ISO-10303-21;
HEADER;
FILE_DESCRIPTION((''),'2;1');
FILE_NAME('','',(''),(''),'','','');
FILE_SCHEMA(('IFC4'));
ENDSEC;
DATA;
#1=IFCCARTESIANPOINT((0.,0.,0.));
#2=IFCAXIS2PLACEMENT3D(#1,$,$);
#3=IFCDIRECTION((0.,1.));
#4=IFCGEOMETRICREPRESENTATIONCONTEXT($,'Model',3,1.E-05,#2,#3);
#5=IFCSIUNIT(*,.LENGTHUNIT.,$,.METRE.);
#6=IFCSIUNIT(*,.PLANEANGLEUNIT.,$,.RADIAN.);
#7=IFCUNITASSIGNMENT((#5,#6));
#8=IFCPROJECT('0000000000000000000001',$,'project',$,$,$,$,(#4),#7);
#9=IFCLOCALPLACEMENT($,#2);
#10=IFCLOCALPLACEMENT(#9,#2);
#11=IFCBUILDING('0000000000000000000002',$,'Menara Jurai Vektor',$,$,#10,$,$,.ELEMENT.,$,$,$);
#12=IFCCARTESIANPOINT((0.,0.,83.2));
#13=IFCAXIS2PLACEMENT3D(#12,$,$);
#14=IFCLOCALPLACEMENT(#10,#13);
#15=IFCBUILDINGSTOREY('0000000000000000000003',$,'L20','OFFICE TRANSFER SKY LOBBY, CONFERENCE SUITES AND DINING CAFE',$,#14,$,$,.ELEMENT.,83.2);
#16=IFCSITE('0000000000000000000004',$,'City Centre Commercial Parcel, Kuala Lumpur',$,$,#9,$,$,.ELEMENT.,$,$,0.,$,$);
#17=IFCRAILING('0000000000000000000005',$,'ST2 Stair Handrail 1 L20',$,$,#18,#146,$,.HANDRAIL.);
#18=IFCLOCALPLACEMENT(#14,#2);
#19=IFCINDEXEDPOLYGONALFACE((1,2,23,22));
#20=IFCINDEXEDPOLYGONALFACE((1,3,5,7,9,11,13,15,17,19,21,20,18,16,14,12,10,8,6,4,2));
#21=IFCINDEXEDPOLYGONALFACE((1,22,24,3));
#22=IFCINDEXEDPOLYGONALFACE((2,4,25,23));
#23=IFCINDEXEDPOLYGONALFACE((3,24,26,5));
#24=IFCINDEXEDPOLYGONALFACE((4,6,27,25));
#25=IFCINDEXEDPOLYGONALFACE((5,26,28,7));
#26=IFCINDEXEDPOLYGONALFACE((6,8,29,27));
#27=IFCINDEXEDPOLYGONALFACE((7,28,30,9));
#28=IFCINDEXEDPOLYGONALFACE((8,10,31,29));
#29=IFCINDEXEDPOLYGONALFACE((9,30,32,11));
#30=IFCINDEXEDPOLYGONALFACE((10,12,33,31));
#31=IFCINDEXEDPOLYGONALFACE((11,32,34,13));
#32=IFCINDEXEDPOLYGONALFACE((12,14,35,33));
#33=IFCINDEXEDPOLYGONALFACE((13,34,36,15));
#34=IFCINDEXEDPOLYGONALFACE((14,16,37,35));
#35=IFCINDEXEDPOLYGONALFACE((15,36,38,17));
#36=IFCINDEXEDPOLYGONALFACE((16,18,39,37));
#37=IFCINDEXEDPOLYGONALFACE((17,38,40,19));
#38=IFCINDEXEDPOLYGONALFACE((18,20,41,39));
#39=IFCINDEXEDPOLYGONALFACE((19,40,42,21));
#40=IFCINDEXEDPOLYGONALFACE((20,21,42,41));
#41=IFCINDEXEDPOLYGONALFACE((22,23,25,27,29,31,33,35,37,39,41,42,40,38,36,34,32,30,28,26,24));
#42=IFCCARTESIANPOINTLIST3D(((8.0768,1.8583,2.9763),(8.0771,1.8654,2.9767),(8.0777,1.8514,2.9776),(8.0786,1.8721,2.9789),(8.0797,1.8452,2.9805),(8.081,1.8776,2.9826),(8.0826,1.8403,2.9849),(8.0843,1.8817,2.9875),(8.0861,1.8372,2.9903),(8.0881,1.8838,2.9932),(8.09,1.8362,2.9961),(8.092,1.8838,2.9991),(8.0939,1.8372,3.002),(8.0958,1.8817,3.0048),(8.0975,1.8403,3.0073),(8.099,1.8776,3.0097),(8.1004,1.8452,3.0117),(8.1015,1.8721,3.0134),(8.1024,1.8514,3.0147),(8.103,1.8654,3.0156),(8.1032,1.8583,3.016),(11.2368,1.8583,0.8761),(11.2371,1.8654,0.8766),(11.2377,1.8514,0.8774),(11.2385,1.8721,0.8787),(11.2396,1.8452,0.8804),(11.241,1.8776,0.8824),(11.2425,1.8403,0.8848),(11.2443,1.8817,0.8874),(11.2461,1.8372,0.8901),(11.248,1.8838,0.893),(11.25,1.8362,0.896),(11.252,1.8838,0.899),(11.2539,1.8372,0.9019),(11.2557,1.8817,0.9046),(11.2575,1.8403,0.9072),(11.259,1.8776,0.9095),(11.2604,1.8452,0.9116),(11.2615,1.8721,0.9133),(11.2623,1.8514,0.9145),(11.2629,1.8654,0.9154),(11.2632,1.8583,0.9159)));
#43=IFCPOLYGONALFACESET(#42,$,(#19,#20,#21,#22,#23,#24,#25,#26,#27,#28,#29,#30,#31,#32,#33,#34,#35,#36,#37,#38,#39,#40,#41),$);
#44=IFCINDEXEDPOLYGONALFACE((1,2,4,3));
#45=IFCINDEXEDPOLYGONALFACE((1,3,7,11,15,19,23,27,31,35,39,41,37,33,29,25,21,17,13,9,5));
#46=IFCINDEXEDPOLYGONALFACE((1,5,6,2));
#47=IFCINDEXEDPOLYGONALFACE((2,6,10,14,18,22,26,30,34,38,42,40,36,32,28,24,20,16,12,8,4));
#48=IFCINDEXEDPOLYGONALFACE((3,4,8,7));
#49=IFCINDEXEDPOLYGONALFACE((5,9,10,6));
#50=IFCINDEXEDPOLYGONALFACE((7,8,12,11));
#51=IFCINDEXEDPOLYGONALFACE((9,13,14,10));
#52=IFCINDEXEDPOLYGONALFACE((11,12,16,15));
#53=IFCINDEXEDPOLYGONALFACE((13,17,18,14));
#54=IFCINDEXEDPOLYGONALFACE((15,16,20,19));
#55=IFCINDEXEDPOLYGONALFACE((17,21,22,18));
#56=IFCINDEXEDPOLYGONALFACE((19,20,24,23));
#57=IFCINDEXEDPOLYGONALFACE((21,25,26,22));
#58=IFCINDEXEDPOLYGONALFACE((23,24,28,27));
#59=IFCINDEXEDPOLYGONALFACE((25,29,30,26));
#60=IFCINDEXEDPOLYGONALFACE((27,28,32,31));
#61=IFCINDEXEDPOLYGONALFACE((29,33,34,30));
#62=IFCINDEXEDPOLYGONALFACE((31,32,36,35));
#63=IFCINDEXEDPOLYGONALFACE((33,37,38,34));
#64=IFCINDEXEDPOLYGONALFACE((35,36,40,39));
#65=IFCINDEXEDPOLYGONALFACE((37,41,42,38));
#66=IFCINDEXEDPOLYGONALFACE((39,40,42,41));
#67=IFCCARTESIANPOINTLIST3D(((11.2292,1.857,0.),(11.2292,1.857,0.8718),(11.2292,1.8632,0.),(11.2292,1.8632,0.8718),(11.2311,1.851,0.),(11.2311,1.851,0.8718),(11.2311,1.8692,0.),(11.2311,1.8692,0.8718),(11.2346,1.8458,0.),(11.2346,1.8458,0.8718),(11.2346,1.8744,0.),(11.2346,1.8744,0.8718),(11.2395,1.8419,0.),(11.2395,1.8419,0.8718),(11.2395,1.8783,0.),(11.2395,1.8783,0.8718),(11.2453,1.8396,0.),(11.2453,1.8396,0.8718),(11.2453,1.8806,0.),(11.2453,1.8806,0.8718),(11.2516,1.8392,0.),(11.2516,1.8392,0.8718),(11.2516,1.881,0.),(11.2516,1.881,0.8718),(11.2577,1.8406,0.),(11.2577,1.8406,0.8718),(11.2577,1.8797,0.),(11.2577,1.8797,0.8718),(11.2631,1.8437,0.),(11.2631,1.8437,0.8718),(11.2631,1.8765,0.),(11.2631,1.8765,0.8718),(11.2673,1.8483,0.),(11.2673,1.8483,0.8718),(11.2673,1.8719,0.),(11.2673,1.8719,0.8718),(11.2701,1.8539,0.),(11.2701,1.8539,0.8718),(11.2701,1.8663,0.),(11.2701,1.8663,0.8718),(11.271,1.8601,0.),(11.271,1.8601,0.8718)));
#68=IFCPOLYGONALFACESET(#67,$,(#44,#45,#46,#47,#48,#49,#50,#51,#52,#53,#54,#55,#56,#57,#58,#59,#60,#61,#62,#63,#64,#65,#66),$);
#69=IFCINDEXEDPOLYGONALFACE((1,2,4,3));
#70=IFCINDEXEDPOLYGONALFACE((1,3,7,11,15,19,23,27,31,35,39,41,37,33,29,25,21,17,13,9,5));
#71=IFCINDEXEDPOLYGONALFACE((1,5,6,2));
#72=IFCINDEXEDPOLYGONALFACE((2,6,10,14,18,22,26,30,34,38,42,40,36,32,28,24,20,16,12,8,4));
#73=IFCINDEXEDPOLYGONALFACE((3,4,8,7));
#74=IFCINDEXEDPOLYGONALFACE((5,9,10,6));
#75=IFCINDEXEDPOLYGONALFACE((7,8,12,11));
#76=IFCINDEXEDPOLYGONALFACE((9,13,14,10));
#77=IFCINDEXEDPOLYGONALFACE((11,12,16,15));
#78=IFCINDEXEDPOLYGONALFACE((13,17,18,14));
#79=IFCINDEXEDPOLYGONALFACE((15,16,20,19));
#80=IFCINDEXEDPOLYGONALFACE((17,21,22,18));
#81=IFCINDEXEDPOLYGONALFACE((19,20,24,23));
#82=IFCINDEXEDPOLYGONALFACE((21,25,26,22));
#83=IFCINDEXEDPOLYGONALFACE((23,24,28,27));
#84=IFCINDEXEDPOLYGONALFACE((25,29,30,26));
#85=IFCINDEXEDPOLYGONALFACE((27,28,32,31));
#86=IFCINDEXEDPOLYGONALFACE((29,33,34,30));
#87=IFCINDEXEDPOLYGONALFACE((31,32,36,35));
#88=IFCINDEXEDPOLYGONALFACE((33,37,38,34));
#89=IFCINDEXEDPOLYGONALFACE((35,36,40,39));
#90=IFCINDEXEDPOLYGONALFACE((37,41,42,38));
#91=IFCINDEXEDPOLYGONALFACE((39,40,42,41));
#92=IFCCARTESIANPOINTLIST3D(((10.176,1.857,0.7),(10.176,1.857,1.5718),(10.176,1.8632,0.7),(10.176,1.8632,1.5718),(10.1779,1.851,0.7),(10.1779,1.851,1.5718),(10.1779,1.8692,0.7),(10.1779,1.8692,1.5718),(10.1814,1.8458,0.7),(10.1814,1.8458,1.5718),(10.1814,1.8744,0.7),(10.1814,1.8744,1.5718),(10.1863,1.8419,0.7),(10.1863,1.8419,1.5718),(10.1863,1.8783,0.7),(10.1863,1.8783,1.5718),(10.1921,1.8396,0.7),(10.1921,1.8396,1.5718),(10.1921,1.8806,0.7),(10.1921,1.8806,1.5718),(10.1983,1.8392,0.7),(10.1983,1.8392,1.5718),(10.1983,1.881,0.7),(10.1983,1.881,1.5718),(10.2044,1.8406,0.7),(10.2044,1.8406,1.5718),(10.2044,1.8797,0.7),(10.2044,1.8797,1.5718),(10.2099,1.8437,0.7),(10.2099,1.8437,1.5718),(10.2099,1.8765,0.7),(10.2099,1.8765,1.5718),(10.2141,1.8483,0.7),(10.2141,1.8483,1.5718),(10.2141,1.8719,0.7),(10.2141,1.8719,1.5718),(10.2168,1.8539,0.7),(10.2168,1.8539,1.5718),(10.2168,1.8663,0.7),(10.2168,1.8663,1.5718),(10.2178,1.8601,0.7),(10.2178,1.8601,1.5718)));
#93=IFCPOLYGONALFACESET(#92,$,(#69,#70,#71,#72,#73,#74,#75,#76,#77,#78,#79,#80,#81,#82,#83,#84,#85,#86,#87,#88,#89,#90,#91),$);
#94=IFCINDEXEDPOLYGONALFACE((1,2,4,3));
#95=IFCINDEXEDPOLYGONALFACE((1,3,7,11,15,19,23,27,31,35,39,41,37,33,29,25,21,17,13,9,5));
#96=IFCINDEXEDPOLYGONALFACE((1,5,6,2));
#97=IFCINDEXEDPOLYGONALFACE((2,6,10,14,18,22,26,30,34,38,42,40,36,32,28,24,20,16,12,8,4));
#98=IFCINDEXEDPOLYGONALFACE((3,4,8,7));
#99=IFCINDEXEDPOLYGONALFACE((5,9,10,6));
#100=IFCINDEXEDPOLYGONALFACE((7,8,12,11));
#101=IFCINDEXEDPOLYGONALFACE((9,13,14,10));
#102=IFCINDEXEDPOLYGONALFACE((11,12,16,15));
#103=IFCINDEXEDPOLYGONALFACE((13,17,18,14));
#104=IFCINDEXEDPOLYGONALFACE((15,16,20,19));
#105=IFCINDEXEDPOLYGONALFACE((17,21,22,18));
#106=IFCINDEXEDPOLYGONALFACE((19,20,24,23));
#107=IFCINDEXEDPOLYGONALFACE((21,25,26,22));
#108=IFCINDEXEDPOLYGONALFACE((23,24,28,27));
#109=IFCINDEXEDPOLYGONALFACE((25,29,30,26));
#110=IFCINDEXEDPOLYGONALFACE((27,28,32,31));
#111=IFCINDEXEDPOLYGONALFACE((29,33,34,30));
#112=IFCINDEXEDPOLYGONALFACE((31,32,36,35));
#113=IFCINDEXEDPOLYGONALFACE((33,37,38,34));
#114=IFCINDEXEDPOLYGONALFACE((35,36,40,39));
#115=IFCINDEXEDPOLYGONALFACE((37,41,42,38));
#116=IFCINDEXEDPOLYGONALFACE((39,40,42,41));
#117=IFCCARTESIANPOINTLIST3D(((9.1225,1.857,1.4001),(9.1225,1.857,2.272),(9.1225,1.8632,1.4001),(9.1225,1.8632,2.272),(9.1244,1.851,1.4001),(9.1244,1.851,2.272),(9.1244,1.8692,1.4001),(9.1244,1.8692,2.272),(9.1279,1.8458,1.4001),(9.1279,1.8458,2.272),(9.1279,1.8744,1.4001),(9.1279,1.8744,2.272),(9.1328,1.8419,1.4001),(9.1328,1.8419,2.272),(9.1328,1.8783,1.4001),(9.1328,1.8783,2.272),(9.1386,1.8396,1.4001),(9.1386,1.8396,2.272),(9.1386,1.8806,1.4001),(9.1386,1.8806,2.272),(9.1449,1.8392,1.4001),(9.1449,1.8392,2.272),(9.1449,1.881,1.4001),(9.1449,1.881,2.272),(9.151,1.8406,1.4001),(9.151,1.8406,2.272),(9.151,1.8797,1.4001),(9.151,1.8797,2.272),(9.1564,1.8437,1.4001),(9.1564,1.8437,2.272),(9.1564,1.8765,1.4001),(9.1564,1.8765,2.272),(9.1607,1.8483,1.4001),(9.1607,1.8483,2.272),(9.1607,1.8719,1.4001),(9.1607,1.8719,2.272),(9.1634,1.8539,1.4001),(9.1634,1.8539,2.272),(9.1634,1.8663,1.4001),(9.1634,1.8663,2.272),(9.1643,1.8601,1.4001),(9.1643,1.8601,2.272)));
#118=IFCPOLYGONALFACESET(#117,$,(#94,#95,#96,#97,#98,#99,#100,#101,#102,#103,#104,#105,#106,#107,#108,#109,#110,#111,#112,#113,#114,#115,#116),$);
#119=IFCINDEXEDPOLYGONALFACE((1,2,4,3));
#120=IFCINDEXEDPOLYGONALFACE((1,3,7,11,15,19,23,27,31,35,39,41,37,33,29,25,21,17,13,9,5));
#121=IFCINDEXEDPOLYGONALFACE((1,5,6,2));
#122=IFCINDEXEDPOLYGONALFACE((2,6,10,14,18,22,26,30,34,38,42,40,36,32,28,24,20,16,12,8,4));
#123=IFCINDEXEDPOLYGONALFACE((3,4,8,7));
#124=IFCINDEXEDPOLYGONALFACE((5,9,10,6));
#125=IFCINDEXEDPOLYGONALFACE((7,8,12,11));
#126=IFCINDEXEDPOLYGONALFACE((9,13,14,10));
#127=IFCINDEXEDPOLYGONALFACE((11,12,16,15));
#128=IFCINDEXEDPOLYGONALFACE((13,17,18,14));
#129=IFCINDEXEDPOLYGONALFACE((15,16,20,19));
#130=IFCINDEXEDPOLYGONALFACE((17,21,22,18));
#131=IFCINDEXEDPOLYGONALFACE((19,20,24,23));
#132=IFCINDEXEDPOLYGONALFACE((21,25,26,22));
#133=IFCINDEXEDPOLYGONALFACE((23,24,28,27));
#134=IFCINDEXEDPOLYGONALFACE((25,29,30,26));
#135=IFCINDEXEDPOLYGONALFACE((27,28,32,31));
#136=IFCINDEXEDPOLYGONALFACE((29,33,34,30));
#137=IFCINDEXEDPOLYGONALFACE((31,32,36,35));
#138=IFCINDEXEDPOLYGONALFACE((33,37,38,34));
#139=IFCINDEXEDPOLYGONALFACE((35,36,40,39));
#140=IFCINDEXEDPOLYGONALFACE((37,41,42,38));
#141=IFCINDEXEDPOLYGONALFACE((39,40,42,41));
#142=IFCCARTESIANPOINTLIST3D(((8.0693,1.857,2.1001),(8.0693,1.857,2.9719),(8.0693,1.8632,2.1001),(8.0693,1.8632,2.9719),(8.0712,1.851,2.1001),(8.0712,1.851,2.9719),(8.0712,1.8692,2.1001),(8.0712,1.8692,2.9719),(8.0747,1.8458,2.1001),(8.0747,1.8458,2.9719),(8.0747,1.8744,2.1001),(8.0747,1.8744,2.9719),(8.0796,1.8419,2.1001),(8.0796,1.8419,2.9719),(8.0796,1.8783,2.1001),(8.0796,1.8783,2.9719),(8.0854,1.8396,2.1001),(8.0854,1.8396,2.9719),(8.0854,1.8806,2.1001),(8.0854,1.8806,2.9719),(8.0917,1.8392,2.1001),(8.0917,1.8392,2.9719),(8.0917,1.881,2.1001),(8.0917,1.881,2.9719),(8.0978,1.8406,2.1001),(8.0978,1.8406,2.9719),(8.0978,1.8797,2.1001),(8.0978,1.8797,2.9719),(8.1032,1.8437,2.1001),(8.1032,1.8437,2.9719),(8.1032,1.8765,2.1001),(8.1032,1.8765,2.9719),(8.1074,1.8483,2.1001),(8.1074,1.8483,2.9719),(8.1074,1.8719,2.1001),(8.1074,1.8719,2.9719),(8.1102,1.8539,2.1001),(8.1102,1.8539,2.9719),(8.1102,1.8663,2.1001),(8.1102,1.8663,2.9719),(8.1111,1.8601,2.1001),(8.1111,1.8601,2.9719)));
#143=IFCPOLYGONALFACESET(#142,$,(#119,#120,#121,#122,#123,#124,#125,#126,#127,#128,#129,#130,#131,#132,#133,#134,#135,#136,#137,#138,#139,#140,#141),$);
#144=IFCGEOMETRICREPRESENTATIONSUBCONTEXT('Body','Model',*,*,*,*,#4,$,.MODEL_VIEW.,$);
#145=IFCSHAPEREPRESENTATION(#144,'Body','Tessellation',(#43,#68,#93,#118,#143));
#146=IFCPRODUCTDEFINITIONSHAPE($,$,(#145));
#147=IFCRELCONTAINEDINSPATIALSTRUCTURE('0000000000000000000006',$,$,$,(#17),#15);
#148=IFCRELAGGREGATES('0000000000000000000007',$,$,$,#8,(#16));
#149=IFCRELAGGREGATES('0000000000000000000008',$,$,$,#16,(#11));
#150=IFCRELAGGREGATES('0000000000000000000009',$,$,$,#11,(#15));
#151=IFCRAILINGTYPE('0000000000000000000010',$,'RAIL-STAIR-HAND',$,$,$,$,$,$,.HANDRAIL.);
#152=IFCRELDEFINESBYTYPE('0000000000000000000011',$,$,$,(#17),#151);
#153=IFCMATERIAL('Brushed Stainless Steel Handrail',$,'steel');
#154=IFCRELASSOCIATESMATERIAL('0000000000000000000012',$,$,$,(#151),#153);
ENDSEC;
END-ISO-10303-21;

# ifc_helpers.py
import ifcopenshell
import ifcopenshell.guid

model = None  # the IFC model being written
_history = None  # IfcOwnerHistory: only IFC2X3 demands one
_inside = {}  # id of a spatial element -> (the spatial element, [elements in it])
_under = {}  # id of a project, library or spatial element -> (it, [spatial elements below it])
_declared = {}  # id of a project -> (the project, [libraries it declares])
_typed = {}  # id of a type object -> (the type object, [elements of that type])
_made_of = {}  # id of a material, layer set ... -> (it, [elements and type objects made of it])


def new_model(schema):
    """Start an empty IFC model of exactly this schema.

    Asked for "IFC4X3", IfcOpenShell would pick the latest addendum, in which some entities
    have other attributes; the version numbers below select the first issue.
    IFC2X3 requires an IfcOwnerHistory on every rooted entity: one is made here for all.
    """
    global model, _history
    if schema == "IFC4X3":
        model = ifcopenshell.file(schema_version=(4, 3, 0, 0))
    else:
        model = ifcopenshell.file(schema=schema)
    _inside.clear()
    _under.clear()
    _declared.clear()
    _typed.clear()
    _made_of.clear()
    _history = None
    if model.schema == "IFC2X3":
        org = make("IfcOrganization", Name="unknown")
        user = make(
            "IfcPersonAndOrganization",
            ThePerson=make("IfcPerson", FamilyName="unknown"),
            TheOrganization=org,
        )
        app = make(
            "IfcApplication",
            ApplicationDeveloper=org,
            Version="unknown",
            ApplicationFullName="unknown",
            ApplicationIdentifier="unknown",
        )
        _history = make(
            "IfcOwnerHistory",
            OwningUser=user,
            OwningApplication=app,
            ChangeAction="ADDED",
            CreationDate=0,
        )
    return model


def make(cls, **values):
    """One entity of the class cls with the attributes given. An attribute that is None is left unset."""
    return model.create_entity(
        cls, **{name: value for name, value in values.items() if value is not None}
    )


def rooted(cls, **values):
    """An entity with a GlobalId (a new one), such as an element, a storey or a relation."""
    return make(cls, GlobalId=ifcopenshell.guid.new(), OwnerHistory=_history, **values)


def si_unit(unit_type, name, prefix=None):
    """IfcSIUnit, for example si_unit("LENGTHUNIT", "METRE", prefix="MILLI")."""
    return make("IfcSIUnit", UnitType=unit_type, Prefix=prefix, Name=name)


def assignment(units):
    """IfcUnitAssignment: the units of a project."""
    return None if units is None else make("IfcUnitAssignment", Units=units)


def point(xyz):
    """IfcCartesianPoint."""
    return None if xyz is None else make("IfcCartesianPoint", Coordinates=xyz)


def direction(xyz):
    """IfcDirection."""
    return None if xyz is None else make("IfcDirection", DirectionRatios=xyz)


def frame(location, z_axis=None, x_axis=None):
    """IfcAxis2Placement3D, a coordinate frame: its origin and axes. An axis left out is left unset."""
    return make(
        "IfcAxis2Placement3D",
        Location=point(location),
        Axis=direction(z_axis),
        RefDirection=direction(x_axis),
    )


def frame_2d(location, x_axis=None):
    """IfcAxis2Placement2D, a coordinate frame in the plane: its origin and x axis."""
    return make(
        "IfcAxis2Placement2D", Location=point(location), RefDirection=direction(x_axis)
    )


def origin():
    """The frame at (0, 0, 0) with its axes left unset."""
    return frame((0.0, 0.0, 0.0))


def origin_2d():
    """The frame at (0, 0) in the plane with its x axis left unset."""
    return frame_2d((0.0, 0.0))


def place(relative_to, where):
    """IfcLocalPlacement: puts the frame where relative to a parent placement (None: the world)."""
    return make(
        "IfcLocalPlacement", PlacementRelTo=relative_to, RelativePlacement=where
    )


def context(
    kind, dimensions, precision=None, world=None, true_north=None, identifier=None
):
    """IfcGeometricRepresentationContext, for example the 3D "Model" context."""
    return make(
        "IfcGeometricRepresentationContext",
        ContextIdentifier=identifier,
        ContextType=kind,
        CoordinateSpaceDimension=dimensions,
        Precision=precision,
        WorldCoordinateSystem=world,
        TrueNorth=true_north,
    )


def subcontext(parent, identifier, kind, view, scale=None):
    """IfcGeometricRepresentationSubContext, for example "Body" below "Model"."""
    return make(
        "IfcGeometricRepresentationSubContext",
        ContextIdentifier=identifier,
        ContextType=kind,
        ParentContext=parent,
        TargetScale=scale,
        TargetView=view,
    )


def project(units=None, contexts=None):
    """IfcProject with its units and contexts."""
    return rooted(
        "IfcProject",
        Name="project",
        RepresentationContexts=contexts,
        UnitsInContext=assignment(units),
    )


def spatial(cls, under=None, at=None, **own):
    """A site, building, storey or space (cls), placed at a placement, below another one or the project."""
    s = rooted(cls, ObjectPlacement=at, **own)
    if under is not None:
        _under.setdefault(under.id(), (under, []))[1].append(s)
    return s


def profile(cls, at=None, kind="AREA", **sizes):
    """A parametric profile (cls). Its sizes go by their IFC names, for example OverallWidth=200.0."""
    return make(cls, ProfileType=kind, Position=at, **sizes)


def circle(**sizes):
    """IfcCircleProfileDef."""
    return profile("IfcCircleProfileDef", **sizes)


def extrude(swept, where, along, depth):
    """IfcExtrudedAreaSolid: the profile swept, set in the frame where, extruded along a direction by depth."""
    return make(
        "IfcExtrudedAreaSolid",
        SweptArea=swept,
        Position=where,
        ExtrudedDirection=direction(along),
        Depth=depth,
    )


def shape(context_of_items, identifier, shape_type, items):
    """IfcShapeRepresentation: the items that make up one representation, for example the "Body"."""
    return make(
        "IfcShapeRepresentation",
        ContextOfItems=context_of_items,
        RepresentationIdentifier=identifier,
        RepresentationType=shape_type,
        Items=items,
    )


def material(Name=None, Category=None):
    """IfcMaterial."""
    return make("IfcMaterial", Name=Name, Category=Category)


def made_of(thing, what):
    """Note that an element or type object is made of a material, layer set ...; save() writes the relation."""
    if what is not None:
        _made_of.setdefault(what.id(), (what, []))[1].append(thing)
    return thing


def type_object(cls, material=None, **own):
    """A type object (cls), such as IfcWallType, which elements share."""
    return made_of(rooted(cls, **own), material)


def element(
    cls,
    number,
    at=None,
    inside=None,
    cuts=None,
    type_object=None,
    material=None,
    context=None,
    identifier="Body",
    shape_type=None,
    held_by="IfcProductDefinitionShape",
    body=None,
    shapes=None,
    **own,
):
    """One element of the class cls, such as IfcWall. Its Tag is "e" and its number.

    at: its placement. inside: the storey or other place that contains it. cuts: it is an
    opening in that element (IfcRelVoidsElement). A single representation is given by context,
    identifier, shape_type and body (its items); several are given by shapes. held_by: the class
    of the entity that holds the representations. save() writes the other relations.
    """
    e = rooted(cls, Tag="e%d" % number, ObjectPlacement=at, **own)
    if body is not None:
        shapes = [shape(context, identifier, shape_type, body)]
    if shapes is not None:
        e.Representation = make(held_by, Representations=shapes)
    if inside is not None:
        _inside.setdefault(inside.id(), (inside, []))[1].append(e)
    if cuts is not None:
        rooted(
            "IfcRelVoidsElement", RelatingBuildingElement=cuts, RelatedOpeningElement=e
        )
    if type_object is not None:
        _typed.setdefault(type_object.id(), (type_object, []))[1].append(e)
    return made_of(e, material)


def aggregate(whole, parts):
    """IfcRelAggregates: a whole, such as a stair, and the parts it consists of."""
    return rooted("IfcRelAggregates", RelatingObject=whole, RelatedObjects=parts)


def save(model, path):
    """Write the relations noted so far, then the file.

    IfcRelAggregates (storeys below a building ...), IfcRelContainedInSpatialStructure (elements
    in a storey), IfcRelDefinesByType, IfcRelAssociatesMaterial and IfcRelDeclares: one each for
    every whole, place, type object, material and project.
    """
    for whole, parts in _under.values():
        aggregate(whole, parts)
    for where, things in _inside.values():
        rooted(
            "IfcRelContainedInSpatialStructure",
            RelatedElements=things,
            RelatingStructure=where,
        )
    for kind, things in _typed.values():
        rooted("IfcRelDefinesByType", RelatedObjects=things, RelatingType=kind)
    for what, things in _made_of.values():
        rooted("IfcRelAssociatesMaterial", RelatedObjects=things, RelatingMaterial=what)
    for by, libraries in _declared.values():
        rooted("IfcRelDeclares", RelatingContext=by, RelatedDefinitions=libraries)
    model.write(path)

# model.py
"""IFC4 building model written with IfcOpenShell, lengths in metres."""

from ifc_helpers import new_model, si_unit, direction, frame, origin, origin_2d, place, context, subcontext, project, spatial, circle, extrude, material, type_object, element, save


model = new_model("IFC4")

# Units and contexts
model_context = context("Model", 3, precision=1e-05, world=origin(), true_north=direction((0.0, 1.0)))
body_context = subcontext(model_context, "Body", "Model", "MODEL_VIEW")
ifc_project = project(units=[si_unit("LENGTHUNIT", "METRE"), si_unit("PLANEANGLEUNIT", "RADIAN")], contexts=[model_context])

# Site, building, storey
site_placement = place(None, origin())
site = spatial("IfcSite", under=ifc_project, at=site_placement, Name="City Centre Commercial Parcel, Kuala Lumpur", CompositionType="ELEMENT", RefElevation=0.0)
building_placement = place(site_placement, origin())
building = spatial("IfcBuilding", under=site, at=building_placement, Name="Menara Jurai Vektor", CompositionType="ELEMENT")
storey_placement = place(building_placement, frame((0.0, 0.0, 83.2)))
storey = spatial("IfcBuildingStorey", under=building, at=storey_placement, Name="L20", Description="OFFICE TRANSFER SKY LOBBY, CONFERENCE SUITES AND DINING CAFE", CompositionType="ELEMENT", Elevation=83.2)

# Railing
ifc_material_1 = material(Name="Brushed Stainless Steel Handrail", Category="steel")
railing_type_1 = type_object("IfcRailingType", Name="RAIL-STAIR-HAND", PredefinedType="HANDRAIL", material=ifc_material_1)
railing_1_placement = place(storey_placement, frame((11.25, 1.8601, 0.0)))
element("IfcRailing", 1, at=railing_1_placement, inside=storey, type_object=railing_type_1, Name="ST2 Stair Handrail 1 L20", PredefinedType="HANDRAIL", context=body_context, shape_type="SweptSolid", body=[
    extrude(circle(Radius=0.0239, at=origin_2d()), frame((0.0, 0.0, 0.896), z_axis=(-0.832841, 0.0, 0.553512), x_axis=(0.0, -1.0, 0.0)), (0.0, 0.0, 1.0), 3.7942),
    extrude(circle(Radius=0.021, at=origin_2d()), origin(), (0.0, 0.0, 1.0), 0.8718),
    extrude(circle(Radius=0.021, at=origin_2d()), frame((-1.0532, 0.0, 0.7)), (0.0, 0.0, 1.0), 0.8718),
    extrude(circle(Radius=0.021, at=origin_2d()), frame((-2.1067, 0.0, 1.4001)), (0.0, 0.0, 1.0), 0.8718),
    extrude(circle(Radius=0.021, at=origin_2d()), frame((-3.1599, 0.0, 2.1001)), (0.0, 0.0, 1.0), 0.8718),
])

save(model, "model.ifc")
